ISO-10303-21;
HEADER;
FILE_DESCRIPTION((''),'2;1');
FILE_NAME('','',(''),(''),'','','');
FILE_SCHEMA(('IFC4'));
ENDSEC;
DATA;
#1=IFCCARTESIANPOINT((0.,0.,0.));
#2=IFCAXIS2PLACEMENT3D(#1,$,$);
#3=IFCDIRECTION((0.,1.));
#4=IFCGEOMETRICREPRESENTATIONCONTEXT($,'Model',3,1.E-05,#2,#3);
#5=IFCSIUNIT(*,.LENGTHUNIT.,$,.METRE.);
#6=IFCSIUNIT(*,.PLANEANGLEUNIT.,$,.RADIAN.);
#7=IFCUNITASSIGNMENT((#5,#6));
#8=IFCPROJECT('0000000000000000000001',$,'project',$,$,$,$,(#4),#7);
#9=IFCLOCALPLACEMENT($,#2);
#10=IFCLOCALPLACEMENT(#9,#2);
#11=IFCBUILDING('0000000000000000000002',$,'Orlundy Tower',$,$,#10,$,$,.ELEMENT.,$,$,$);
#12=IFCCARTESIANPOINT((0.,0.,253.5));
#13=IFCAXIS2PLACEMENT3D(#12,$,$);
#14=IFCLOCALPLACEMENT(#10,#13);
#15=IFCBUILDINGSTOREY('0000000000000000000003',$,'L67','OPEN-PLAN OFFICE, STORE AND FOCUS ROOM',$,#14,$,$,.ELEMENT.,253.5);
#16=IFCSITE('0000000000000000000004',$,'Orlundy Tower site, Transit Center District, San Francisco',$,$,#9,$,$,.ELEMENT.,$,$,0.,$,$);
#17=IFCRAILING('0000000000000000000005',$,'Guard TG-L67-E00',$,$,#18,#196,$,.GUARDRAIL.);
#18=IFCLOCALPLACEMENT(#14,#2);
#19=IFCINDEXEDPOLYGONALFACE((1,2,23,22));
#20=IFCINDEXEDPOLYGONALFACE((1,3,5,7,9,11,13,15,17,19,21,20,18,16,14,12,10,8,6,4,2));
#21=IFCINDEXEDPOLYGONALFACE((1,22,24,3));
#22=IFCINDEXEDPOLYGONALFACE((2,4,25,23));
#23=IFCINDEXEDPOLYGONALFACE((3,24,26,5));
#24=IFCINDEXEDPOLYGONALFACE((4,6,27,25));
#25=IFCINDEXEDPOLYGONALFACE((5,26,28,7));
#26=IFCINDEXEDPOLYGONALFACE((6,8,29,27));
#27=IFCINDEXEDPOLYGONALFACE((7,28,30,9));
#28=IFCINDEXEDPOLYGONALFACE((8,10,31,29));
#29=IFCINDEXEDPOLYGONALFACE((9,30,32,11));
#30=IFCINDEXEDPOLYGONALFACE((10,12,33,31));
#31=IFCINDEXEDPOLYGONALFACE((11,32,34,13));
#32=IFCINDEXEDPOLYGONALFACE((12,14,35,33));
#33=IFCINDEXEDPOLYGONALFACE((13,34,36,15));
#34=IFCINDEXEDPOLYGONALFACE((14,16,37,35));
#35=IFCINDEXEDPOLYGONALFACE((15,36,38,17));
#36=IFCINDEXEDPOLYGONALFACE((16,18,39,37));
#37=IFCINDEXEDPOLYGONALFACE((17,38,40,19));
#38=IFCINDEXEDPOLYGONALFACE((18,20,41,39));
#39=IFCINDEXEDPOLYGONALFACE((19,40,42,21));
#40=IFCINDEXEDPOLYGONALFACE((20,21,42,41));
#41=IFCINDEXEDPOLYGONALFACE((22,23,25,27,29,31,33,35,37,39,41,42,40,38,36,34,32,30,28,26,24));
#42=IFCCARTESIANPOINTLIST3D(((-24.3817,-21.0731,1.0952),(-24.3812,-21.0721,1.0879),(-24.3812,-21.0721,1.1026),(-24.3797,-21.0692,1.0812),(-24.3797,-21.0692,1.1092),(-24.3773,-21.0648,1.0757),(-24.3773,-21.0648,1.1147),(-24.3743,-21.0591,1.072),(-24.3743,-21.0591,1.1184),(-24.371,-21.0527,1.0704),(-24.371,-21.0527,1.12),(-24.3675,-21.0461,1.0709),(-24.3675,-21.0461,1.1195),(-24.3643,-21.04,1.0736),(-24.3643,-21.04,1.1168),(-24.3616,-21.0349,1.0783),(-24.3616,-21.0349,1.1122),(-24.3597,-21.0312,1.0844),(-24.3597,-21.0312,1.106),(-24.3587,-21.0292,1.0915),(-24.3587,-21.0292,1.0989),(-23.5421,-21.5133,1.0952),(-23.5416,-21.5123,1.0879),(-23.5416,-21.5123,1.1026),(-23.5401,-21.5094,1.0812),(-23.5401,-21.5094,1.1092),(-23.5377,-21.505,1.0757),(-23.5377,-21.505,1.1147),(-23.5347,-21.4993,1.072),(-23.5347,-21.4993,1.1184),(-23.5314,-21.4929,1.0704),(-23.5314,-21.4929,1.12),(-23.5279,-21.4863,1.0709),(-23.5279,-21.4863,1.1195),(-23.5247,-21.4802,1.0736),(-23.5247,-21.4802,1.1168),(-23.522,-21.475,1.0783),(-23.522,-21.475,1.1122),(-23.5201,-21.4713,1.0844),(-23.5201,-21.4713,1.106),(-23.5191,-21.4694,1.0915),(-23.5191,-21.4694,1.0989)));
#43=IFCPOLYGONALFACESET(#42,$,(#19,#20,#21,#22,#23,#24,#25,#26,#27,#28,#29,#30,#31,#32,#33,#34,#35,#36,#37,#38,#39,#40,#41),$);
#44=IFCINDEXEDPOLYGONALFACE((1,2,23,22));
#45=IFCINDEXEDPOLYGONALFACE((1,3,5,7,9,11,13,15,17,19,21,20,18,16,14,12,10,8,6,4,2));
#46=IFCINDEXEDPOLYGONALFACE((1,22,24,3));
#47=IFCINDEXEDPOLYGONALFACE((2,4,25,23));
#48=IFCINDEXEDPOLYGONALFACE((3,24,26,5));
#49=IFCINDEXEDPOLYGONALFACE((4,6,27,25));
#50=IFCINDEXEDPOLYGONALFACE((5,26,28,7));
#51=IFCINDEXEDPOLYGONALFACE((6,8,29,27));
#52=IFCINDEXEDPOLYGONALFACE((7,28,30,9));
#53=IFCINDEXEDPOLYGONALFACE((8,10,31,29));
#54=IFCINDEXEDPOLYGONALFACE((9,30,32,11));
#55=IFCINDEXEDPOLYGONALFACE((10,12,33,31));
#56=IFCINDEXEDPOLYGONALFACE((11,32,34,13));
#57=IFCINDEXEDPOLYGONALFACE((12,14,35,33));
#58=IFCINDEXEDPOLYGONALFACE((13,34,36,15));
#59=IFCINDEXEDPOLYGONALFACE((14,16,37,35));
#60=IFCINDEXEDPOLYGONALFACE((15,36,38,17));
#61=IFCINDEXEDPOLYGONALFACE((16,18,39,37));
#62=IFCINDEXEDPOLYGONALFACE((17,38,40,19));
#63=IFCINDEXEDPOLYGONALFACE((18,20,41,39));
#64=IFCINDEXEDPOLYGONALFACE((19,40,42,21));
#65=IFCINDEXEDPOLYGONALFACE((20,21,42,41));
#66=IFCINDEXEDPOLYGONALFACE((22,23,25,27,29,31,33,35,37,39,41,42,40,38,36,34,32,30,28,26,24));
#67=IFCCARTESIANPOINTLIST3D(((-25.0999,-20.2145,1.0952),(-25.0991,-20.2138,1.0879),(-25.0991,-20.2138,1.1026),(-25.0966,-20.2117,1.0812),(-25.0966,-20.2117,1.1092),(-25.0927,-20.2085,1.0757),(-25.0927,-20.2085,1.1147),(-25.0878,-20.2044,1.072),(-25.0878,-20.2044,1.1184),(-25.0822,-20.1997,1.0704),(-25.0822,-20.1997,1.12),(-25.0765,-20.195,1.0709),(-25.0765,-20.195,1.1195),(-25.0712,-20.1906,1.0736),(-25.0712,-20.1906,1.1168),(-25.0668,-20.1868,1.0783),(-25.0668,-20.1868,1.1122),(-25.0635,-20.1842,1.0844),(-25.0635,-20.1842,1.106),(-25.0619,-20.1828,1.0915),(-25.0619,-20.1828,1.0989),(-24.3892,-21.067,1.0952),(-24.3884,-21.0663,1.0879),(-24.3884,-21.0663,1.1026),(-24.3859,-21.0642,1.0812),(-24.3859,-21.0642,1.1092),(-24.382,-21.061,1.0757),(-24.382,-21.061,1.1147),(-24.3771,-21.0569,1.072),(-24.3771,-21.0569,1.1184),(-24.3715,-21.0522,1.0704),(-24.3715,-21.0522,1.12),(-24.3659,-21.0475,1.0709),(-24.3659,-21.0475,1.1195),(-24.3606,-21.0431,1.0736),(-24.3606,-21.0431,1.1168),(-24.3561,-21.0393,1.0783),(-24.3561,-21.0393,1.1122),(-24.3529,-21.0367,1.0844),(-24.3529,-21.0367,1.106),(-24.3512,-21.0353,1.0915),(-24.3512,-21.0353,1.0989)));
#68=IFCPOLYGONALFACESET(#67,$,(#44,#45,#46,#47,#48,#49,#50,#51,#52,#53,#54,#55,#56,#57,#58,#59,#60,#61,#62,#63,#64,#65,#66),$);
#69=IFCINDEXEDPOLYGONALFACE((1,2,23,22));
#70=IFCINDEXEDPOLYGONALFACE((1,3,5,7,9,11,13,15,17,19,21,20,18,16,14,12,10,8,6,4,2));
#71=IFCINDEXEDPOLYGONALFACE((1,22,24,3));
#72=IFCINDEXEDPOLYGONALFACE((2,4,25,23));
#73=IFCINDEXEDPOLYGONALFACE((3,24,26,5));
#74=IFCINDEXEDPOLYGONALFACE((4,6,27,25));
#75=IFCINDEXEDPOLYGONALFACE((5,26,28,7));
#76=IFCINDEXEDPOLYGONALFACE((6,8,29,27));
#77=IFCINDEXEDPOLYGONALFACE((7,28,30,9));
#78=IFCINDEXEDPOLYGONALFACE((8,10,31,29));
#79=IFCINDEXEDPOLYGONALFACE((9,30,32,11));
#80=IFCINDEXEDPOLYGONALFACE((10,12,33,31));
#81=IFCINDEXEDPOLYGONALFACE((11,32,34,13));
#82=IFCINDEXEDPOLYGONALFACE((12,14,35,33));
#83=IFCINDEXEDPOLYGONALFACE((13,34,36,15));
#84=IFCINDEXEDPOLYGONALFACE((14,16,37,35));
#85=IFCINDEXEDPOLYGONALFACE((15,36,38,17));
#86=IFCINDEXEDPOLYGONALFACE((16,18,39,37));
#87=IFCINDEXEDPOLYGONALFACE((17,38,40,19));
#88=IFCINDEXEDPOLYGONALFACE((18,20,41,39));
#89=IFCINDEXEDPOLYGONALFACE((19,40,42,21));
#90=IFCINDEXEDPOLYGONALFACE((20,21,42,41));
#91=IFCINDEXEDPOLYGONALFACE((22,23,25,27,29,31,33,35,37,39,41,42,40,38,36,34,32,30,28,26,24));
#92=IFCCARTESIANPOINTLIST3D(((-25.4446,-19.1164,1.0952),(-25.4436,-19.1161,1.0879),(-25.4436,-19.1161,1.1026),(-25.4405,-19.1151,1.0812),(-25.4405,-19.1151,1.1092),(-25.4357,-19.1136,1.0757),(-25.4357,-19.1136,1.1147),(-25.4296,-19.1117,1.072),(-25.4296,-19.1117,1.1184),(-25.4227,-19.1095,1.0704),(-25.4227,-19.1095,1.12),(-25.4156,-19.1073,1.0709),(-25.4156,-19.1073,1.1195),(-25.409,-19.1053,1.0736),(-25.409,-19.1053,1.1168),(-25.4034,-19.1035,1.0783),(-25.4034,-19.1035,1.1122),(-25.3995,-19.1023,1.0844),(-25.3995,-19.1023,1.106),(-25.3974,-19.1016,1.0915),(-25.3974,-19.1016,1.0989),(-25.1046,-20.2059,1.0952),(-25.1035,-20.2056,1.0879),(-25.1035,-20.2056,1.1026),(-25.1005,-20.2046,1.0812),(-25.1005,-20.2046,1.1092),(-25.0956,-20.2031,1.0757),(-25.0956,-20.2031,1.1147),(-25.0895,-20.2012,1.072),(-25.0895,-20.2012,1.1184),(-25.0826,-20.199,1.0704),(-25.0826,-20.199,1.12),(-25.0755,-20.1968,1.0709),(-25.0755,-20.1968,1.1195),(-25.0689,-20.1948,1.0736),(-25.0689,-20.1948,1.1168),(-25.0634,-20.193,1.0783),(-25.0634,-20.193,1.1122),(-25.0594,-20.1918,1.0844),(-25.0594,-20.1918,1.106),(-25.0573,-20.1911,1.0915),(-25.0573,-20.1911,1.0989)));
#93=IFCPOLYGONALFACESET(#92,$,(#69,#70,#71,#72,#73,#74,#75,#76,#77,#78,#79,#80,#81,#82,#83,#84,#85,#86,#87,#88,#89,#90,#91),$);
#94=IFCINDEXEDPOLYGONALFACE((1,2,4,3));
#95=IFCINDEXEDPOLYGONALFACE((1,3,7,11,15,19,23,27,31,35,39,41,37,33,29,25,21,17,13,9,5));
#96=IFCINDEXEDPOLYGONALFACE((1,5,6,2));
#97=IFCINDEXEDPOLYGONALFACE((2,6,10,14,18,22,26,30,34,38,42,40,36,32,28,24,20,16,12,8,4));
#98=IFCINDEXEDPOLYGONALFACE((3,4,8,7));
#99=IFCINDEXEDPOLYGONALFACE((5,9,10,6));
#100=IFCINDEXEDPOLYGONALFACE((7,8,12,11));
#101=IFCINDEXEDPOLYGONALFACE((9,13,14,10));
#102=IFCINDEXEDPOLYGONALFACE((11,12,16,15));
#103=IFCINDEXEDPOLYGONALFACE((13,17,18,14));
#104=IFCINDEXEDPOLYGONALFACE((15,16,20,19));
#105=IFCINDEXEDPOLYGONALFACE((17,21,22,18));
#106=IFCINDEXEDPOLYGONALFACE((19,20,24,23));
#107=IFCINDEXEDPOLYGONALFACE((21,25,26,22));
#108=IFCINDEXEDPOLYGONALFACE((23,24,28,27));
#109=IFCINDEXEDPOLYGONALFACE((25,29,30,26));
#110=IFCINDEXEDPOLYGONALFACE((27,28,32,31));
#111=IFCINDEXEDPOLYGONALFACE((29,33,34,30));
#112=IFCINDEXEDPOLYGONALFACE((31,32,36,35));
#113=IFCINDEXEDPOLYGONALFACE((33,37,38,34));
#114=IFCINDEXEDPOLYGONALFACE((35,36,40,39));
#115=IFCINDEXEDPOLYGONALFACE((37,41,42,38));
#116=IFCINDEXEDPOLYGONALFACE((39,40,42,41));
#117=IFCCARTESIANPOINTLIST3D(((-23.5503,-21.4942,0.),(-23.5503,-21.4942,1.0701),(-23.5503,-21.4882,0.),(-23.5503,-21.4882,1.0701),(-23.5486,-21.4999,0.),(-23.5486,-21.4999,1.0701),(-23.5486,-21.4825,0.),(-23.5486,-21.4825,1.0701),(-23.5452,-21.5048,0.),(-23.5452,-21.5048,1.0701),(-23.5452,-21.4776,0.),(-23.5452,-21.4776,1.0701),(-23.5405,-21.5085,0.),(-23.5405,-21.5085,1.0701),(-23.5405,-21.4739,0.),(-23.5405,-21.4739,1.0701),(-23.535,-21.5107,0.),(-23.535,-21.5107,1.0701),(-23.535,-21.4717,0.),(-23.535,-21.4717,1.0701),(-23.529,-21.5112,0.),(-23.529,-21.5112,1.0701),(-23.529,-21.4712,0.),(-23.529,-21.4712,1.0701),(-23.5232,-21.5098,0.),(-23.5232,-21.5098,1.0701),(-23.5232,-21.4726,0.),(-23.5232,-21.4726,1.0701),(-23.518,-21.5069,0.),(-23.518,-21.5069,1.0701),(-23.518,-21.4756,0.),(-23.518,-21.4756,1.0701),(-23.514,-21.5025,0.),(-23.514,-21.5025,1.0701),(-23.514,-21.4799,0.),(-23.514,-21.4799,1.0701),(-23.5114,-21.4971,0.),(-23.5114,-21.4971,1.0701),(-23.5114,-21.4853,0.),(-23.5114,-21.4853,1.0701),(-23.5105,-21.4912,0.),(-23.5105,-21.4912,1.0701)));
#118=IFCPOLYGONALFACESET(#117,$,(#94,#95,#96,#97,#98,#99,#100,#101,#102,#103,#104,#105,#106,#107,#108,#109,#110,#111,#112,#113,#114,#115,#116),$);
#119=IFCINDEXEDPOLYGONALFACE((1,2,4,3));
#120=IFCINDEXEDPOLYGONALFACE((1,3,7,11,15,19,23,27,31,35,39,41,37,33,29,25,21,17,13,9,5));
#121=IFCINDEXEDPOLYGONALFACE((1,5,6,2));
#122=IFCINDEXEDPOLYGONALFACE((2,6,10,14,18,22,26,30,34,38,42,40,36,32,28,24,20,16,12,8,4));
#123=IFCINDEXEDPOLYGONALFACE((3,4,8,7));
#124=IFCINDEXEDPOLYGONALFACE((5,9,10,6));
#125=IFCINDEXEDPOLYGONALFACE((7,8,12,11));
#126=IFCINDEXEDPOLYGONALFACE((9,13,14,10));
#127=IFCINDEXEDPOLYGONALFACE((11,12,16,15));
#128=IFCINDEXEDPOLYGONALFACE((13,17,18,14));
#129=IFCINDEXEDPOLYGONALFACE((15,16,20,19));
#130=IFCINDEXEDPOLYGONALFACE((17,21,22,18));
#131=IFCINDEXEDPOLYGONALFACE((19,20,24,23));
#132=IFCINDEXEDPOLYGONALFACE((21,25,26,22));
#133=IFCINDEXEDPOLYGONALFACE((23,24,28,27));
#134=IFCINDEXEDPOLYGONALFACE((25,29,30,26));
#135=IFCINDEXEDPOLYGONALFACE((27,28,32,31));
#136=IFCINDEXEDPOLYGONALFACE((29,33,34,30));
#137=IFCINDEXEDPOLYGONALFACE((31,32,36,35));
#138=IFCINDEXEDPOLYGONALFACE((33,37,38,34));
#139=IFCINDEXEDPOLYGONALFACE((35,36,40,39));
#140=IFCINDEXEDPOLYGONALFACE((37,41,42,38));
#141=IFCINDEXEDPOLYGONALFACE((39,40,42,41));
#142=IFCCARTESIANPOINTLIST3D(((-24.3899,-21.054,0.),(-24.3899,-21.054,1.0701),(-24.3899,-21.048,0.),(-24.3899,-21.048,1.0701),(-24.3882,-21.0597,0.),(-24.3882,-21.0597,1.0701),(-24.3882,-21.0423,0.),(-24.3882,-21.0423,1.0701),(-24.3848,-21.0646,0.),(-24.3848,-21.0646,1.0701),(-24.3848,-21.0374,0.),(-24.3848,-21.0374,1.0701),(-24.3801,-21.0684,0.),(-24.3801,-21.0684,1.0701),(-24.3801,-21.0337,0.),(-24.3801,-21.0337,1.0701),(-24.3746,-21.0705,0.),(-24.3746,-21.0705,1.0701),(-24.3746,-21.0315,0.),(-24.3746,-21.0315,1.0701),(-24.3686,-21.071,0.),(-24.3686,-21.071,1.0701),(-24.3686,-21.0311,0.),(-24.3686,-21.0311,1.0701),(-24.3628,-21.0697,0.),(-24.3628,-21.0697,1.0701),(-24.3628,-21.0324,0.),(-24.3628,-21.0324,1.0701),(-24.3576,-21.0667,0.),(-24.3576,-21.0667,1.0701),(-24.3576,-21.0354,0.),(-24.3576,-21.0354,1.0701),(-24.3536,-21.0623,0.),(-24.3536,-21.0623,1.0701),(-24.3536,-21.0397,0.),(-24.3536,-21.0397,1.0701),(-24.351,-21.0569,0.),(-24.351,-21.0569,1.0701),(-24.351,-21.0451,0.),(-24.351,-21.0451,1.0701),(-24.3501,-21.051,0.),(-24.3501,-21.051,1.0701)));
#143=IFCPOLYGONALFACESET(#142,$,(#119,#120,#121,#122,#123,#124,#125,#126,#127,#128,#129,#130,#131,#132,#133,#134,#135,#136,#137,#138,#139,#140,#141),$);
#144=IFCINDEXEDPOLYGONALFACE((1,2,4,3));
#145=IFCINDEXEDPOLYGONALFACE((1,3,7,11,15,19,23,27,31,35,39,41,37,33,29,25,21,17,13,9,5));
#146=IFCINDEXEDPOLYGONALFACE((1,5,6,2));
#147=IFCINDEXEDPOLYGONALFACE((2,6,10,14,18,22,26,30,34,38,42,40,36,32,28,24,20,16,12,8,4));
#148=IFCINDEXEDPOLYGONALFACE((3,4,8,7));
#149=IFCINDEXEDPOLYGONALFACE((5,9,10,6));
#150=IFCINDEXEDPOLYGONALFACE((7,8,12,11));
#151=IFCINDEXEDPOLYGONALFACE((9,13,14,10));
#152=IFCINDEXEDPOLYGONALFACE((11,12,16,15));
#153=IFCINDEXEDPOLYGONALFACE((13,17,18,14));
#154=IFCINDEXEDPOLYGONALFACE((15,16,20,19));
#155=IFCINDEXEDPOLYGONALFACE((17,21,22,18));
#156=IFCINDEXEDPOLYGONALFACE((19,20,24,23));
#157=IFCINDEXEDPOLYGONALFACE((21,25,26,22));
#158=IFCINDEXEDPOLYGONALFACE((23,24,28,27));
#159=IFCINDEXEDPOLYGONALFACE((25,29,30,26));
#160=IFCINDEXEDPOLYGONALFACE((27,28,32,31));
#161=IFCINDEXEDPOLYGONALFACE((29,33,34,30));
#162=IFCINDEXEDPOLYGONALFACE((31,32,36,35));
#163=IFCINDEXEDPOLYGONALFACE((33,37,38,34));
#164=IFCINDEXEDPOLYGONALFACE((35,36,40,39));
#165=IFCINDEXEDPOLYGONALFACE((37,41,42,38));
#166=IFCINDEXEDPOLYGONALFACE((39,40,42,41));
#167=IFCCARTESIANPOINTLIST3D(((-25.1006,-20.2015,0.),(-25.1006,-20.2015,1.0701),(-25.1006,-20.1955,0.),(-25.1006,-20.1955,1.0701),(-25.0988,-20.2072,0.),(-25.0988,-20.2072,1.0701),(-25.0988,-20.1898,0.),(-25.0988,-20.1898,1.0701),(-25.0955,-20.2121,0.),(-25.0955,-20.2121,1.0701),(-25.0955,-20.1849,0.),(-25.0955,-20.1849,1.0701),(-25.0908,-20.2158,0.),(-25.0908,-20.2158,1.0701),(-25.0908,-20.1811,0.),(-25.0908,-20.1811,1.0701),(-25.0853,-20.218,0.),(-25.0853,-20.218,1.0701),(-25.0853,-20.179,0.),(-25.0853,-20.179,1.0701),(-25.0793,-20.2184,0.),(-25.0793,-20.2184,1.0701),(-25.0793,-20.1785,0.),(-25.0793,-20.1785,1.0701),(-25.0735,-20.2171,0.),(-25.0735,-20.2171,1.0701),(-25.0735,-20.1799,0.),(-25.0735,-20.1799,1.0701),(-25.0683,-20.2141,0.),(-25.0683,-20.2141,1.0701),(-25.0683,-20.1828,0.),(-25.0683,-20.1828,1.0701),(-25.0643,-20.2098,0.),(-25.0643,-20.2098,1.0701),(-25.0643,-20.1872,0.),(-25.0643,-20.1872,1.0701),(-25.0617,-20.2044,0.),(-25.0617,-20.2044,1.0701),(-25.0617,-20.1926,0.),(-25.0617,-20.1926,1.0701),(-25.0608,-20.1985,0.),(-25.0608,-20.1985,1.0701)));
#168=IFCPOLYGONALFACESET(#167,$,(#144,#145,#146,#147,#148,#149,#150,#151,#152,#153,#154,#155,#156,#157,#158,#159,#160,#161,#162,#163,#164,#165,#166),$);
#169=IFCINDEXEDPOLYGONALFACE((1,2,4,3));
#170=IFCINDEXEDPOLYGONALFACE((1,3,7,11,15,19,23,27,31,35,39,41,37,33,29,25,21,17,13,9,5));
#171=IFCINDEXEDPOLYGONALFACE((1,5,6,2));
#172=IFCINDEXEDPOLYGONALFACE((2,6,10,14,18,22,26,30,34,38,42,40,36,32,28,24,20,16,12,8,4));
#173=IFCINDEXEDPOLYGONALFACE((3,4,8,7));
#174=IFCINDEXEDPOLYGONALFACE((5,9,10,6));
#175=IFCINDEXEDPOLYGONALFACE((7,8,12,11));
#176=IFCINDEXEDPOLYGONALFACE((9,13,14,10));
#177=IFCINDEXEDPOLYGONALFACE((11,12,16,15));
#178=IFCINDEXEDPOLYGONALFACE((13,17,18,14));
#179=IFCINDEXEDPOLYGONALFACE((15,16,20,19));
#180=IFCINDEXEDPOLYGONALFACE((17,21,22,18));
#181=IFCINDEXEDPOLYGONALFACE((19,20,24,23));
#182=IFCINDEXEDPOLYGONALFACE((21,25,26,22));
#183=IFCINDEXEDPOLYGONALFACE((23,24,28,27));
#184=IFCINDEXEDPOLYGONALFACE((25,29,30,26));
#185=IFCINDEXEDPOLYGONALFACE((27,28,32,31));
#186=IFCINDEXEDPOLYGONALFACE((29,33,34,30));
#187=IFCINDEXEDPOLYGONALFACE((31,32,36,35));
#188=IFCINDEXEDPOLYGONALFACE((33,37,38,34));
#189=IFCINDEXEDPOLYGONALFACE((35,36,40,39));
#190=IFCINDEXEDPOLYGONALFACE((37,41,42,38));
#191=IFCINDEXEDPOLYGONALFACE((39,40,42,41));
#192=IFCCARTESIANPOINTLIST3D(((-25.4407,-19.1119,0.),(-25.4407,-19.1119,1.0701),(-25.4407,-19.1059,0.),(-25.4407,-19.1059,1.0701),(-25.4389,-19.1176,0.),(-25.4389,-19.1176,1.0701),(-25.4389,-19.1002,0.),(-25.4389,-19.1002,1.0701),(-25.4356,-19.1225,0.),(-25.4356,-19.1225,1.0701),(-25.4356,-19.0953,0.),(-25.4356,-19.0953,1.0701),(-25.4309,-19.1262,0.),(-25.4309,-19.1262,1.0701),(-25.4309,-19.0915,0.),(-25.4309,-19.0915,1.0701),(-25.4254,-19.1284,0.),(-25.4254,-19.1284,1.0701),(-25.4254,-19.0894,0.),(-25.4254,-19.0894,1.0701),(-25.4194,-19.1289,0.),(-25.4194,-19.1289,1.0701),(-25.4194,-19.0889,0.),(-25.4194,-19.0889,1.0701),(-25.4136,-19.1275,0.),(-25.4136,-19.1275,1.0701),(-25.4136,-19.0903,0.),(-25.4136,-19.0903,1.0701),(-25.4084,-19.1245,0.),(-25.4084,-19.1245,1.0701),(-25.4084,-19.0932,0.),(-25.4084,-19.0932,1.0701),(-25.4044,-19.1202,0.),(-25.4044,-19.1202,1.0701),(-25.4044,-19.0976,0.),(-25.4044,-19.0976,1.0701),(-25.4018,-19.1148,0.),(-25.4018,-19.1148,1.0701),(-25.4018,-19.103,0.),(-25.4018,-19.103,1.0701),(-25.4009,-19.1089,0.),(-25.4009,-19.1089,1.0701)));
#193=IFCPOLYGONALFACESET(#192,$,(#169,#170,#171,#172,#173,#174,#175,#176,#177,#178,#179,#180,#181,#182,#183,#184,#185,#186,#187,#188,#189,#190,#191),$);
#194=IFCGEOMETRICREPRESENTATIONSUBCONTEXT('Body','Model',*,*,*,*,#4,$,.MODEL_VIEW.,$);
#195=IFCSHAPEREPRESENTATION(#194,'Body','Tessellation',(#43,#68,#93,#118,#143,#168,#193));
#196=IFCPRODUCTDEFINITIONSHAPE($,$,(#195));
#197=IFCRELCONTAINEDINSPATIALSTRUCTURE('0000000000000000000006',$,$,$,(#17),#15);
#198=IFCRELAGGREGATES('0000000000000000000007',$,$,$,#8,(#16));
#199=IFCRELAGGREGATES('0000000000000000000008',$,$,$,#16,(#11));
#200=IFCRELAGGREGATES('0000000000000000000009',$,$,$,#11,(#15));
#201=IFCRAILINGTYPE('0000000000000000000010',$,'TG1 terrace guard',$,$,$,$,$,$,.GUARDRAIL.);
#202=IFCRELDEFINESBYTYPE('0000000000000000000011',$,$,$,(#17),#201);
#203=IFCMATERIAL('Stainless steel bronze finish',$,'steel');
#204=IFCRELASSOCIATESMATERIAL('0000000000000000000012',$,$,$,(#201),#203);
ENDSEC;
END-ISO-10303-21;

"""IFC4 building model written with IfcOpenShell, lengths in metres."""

from ifc_helpers import new_model, si_unit, direction, frame, origin, origin_2d, place, context, subcontext, project, spatial, circle, extrude, material, type_object, element, save


model = new_model("IFC4")

# Units and contexts
model_context = context("Model", 3, precision=1e-05, world=origin(), true_north=direction((0.0, 1.0)))
body_context = subcontext(model_context, "Body", "Model", "MODEL_VIEW")
ifc_project = project(units=[si_unit("LENGTHUNIT", "METRE"), si_unit("PLANEANGLEUNIT", "RADIAN")], contexts=[model_context])

# Site, building, storey
site_placement = place(None, origin())
site = spatial("IfcSite", under=ifc_project, at=site_placement, Name="Orlundy Tower site, Transit Center District, San Francisco", CompositionType="ELEMENT", RefElevation=0.0)
building_placement = place(site_placement, origin())
building = spatial("IfcBuilding", under=site, at=building_placement, Name="Orlundy Tower", CompositionType="ELEMENT")
storey_placement = place(building_placement, frame((0.0, 0.0, 253.5)))
storey = spatial("IfcBuildingStorey", under=building, at=storey_placement, Name="L67", Description="OPEN-PLAN OFFICE, STORE AND FOCUS ROOM", CompositionType="ELEMENT", Elevation=253.5)

# Railing
ifc_material_1 = material(Name="Stainless steel bronze finish", Category="steel")
railing_type = type_object("IfcRailingType", Name="TG1 terrace guard", PredefinedType="GUARDRAIL", material=ifc_material_1)
railing_placement = place(storey_placement, frame((-23.5305, -21.4912, 0.0)))
element("IfcRailing", 1, at=railing_placement, inside=storey, type_object=railing_type, Name="Guard TG-L67-E00", PredefinedType="GUARDRAIL", context=body_context, shape_type="SweptSolid", body=[
    extrude(circle(Radius=0.0249, at=origin_2d()), frame((0.0, 0.0, 1.0952), z_axis=(-0.88566, 0.464334, 0.0), x_axis=(-0.464334, -0.88566, 0.0)), (0.0, 0.0, 1.0), 0.948),
    extrude(circle(Radius=0.0249, at=origin_2d()), frame((-0.8396, 0.4402, 1.0952), z_axis=(-0.640314, 0.768113, 0.0), x_axis=(-0.768113, -0.640314, 0.0)), (0.0, 0.0, 1.0), 1.1099),
    extrude(circle(Radius=0.0249, at=origin_2d()), frame((-1.5503, 1.2927, 1.0952), z_axis=(-0.297946, 0.954583, 0.0), x_axis=(-0.954583, -0.297946, 0.0)), (0.0, 0.0, 1.0), 1.1414),
    extrude(circle(Radius=0.02, at=origin_2d()), origin(), (0.0, 0.0, 1.0), 1.0701),
    extrude(circle(Radius=0.02, at=origin_2d()), frame((-0.8396, 0.4402, 0.0)), (0.0, 0.0, 1.0), 1.0701),
    extrude(circle(Radius=0.02, at=origin_2d()), frame((-1.5503, 1.2927, 0.0)), (0.0, 0.0, 1.0), 1.0701),
    extrude(circle(Radius=0.02, at=origin_2d()), frame((-1.8904, 2.3823, 0.0)), (0.0, 0.0, 1.0), 1.0701),
])

save(model, "model.ifc")
